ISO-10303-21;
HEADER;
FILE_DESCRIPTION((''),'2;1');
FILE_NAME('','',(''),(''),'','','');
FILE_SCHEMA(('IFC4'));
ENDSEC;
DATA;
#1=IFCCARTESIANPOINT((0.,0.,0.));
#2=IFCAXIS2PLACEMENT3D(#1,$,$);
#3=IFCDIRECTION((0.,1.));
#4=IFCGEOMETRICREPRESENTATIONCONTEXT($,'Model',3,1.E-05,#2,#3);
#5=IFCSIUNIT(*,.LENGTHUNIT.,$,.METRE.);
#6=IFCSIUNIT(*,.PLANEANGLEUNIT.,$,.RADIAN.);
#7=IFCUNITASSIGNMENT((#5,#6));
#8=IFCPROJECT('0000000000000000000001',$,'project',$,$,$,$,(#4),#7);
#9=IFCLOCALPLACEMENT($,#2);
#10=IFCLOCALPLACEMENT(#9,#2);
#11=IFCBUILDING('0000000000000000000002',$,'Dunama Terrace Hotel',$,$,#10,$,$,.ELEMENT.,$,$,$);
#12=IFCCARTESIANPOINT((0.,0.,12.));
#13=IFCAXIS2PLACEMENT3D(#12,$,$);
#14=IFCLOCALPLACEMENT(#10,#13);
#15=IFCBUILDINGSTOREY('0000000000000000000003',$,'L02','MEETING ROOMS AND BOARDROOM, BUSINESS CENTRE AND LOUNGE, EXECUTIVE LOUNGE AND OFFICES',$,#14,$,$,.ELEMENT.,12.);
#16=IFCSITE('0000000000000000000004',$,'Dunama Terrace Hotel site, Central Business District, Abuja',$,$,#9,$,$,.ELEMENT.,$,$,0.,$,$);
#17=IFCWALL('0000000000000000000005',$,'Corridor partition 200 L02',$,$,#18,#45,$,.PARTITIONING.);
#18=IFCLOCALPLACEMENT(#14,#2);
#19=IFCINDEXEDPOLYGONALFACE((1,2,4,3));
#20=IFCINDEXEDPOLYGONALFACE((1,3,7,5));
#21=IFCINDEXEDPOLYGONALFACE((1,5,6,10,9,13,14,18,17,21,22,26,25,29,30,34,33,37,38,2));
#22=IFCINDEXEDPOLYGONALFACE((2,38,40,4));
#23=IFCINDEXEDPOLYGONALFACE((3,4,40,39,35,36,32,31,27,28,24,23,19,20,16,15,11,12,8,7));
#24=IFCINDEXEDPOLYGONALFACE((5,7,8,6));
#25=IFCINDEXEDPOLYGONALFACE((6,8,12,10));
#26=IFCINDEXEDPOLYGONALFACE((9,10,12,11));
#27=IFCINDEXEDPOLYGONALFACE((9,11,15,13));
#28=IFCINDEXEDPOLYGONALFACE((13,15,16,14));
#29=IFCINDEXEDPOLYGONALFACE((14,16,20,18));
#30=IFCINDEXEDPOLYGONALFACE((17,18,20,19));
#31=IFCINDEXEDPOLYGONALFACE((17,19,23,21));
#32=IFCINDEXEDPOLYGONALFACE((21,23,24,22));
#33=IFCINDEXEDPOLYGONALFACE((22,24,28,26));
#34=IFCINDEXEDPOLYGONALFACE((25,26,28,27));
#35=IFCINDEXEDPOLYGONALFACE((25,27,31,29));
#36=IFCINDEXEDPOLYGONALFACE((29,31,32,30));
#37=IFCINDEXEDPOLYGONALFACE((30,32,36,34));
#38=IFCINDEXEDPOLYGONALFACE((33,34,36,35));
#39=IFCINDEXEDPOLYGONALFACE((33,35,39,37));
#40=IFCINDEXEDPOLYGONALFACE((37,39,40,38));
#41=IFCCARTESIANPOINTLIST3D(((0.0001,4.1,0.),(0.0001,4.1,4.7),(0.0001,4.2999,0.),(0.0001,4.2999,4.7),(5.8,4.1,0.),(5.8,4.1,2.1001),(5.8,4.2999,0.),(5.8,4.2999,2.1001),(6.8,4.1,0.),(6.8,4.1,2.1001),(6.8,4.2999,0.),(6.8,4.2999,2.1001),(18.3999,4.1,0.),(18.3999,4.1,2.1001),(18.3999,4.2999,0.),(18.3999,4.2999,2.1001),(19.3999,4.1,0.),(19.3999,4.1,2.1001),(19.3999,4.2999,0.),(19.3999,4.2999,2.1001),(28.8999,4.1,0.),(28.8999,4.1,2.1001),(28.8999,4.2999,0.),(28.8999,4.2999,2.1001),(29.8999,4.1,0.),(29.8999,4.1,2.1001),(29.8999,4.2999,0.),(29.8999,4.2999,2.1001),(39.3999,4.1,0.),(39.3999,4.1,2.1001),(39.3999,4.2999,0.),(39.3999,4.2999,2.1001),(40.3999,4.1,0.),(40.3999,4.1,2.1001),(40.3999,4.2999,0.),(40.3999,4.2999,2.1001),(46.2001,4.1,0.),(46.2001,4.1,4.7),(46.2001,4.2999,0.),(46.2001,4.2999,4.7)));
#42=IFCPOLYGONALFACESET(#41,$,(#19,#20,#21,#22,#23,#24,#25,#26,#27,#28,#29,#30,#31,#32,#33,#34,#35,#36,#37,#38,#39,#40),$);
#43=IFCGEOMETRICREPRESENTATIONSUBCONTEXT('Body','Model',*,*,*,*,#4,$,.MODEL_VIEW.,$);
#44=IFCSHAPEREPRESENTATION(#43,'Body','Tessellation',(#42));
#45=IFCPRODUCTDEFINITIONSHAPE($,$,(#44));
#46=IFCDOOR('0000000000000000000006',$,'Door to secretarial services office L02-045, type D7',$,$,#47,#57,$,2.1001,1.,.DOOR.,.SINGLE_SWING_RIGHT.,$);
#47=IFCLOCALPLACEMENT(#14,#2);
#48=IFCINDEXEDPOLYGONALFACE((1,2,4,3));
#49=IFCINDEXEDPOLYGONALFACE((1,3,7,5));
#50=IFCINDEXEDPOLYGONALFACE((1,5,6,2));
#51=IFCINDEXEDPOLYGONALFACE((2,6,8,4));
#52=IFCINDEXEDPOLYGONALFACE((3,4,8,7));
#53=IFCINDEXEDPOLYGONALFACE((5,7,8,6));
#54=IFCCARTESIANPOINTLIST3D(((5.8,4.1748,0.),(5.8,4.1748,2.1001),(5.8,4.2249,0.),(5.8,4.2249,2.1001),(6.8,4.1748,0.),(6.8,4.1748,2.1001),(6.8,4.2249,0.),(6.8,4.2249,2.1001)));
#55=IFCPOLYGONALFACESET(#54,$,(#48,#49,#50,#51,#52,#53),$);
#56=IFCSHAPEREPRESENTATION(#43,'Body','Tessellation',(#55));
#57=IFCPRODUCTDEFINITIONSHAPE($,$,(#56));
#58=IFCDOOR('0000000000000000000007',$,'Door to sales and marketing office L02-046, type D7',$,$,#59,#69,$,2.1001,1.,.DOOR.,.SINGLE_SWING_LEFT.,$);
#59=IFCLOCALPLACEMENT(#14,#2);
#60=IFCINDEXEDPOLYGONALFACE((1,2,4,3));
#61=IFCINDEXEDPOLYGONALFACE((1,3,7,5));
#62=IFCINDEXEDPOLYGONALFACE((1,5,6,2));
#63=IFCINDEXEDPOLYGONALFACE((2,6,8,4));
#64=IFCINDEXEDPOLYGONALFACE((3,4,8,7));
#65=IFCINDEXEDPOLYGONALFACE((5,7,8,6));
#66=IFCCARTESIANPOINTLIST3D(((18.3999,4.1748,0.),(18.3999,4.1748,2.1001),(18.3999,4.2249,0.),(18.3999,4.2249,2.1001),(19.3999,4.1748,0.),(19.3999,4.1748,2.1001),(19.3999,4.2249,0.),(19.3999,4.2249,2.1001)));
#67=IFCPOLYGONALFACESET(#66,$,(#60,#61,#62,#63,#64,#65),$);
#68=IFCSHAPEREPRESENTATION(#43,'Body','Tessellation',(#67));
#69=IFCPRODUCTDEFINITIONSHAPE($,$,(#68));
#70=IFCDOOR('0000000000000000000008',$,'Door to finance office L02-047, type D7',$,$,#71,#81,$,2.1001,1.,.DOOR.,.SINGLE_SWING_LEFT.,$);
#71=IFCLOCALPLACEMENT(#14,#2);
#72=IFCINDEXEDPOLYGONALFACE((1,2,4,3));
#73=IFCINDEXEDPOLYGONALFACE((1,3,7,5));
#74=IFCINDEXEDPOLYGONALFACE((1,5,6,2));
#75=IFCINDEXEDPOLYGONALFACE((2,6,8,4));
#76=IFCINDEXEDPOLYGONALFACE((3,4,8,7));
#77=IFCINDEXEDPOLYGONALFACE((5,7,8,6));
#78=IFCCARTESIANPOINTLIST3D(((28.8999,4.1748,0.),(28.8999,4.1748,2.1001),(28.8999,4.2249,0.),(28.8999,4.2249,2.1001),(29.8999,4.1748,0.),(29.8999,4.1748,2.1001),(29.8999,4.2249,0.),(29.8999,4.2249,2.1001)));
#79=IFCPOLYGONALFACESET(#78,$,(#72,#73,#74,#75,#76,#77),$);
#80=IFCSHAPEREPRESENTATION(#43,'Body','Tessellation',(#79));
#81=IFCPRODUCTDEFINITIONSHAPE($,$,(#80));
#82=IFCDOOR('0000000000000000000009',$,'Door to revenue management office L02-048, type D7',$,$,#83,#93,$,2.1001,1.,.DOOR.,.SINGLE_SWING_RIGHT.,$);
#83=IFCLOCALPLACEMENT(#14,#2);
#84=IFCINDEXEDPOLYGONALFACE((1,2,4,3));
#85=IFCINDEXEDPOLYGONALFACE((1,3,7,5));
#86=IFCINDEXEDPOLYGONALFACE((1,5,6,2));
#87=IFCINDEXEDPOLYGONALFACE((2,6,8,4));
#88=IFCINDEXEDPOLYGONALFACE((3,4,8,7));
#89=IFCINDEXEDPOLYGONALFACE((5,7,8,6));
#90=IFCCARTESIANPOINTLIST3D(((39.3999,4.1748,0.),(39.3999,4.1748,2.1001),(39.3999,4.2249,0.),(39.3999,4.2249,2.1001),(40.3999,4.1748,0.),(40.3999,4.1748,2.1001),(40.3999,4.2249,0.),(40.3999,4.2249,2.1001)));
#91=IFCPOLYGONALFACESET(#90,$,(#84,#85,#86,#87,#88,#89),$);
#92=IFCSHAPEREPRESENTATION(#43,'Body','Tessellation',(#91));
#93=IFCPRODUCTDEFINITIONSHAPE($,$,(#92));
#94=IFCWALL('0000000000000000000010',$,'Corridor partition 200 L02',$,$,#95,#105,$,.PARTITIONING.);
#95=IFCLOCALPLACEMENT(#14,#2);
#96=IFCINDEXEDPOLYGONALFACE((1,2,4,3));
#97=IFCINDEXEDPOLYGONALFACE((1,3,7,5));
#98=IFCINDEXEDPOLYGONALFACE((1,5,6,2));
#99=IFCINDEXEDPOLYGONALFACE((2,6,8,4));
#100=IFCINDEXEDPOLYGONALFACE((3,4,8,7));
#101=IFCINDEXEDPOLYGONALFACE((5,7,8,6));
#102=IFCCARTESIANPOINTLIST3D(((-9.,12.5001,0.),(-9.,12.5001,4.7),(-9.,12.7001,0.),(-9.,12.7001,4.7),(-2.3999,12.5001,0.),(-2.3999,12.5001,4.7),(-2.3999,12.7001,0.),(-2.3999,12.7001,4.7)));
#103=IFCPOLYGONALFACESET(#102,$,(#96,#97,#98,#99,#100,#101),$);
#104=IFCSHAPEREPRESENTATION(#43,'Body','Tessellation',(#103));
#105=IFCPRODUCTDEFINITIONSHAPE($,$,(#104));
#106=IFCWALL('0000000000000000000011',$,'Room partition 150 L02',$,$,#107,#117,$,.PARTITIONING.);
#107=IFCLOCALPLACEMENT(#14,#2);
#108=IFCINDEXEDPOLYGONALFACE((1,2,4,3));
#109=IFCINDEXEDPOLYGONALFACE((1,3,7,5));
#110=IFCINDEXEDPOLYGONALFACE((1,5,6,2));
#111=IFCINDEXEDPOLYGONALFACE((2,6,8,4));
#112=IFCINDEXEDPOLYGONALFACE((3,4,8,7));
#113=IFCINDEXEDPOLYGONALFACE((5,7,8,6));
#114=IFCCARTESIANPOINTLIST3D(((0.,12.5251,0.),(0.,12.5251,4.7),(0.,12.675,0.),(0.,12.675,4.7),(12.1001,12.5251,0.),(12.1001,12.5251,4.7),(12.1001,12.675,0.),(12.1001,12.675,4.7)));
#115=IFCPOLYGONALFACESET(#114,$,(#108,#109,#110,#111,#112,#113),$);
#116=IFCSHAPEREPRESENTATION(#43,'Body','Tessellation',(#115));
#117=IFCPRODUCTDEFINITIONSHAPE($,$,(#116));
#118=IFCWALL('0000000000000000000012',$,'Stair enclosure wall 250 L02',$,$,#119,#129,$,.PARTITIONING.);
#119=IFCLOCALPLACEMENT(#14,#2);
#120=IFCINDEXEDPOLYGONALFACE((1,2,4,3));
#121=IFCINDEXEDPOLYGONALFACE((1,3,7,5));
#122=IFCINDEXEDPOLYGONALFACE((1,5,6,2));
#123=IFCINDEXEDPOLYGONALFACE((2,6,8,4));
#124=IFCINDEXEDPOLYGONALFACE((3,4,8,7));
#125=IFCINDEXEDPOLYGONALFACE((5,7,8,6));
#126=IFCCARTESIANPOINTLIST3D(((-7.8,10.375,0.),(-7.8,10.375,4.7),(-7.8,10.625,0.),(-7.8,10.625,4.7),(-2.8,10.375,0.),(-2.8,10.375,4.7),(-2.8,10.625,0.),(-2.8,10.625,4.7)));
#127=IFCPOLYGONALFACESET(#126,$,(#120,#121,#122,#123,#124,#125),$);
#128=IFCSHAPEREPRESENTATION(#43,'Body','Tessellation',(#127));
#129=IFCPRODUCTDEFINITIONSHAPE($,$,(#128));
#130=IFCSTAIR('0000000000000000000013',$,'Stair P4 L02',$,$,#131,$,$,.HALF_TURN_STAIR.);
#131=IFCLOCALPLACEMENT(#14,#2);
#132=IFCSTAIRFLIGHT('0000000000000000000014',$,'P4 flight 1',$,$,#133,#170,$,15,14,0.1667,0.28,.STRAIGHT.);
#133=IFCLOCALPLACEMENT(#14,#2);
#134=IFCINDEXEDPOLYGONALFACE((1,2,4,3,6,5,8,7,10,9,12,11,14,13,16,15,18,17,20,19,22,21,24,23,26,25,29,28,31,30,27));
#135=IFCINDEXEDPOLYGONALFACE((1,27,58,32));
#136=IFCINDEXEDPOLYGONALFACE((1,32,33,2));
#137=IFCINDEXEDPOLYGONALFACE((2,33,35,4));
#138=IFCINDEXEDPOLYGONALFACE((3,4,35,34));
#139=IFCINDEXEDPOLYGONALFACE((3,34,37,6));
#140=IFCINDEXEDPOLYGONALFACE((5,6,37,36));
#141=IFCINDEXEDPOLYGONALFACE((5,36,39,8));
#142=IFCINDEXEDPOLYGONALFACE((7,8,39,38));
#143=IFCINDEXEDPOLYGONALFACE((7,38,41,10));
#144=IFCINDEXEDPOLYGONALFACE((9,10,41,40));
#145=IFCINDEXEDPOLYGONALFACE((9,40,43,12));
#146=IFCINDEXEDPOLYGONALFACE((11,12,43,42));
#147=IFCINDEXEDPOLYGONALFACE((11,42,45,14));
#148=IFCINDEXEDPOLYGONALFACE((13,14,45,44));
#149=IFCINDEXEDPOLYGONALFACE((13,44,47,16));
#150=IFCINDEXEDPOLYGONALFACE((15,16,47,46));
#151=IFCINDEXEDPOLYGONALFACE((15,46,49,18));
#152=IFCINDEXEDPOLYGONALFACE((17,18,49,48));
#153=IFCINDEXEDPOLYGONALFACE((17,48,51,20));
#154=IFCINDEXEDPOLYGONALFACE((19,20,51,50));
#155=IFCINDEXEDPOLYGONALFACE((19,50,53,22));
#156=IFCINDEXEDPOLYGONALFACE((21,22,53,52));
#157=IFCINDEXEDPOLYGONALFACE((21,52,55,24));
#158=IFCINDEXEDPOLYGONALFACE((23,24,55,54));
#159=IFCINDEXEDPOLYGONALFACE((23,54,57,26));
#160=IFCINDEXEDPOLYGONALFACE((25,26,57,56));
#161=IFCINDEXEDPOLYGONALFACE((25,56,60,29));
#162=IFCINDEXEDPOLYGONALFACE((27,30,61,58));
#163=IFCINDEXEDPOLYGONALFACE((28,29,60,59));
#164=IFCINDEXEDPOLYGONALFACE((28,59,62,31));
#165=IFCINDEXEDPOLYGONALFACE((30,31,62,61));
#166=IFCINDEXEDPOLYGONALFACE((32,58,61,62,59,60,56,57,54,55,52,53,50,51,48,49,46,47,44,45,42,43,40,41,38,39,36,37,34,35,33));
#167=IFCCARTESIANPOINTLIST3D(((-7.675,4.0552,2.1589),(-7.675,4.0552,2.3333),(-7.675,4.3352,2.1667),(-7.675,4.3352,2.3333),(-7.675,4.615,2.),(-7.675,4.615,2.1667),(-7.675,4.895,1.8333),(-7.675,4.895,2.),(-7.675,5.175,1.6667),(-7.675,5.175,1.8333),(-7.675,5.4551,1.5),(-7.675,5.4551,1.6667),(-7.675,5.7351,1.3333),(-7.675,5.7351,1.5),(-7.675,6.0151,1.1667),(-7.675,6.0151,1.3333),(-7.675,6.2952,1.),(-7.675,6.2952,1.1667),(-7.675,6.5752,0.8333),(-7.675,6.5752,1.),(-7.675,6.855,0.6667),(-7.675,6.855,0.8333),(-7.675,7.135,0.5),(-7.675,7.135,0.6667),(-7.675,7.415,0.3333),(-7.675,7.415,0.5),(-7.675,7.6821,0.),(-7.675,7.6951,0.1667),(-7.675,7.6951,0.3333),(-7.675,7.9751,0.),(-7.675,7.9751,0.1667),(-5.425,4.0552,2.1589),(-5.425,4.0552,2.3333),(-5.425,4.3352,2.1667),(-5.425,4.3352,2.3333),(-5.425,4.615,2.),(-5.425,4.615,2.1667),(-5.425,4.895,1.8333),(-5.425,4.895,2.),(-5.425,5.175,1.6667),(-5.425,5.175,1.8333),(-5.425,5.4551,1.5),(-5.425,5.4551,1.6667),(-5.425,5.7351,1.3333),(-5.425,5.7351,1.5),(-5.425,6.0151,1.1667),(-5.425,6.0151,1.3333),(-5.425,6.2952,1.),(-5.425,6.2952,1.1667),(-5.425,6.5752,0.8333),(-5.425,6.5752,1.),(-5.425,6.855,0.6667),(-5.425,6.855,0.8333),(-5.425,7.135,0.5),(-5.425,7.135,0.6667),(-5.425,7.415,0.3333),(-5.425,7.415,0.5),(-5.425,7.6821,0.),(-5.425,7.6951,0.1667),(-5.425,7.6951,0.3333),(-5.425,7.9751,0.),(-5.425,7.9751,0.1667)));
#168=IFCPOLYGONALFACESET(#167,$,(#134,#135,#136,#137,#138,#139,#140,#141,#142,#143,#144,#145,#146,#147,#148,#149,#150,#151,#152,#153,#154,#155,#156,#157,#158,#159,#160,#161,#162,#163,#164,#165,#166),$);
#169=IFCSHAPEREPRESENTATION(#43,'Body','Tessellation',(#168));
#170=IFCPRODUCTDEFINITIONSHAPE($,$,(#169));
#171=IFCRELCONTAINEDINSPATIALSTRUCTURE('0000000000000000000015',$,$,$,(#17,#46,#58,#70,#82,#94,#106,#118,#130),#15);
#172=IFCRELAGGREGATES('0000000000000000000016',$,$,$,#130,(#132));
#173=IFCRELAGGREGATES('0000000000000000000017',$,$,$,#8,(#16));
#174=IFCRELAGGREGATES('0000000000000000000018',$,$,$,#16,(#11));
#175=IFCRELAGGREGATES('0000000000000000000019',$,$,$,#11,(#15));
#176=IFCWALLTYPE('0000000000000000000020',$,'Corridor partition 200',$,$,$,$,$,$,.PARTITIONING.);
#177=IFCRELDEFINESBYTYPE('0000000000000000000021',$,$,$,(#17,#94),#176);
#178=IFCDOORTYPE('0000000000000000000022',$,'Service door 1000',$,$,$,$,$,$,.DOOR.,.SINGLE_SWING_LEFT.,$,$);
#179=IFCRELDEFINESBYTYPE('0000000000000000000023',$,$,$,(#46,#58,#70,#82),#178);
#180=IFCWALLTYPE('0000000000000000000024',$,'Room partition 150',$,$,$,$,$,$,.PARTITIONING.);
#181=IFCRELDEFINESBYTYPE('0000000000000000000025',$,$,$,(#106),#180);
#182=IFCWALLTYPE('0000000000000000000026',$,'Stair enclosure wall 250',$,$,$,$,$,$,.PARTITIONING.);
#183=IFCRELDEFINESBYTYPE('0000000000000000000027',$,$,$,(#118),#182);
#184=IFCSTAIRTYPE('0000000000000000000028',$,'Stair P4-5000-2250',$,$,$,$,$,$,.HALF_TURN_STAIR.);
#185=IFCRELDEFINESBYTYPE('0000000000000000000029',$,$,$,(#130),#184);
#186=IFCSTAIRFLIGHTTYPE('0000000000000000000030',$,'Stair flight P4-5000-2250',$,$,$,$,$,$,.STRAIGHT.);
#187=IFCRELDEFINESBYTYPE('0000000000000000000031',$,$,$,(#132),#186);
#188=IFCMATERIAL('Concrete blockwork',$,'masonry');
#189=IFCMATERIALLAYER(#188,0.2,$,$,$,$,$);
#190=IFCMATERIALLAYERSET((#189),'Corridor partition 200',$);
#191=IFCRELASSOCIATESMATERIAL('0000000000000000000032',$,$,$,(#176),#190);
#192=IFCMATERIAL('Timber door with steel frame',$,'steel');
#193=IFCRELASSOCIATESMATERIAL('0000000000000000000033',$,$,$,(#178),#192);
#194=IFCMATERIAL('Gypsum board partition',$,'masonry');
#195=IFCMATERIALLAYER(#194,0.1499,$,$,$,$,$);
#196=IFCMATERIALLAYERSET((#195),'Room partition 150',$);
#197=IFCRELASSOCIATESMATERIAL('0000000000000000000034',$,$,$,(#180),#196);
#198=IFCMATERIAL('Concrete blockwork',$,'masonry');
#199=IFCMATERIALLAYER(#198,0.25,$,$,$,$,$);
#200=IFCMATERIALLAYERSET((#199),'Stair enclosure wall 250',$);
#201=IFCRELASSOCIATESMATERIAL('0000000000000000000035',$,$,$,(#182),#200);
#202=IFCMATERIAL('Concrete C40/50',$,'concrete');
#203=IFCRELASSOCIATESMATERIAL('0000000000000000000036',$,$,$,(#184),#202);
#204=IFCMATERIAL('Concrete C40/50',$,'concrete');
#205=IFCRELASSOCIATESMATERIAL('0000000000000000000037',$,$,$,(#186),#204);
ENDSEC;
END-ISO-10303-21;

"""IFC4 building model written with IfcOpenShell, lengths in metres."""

from ifc_helpers import new_model, si_unit, direction, frame, frame_2d, origin, place, context, subcontext, project, spatial, polyline, rectangle, outline, extrude, material, layer, layer_set, type_object, element, fill, aggregate, save


model = new_model("IFC4")

# Units and contexts
model_context = context("Model", 3, precision=1e-05, world=origin(), true_north=direction((0.0, 1.0)))
body_context = subcontext(model_context, "Body", "Model", "MODEL_VIEW")
ifc_project = project(units=[si_unit("LENGTHUNIT", "METRE"), si_unit("PLANEANGLEUNIT", "RADIAN")], contexts=[model_context])

# Site, building, storey
site_placement = place(None, origin())
site = spatial("IfcSite", under=ifc_project, at=site_placement, Name="Dunama Terrace Hotel site, Central Business District, Abuja", CompositionType="ELEMENT", RefElevation=0.0)
building_placement = place(site_placement, origin())
building = spatial("IfcBuilding", under=site, at=building_placement, Name="Dunama Terrace Hotel", CompositionType="ELEMENT")
storey_placement = place(building_placement, frame((0.0, 0.0, 12.0)))
storey = spatial("IfcBuildingStorey", under=building, at=storey_placement, Name="L02", Description="MEETING ROOMS AND BOARDROOM, BUSINESS CENTRE AND LOUNGE, EXECUTIVE LOUNGE AND OFFICES", CompositionType="ELEMENT", Elevation=12.0)

# Shared definitions
ifc_material_1 = material(Name="Concrete blockwork", Category="masonry")
ifc_layer_1 = layer(ifc_material_1, 0.2)
ifc_layer_set_1 = layer_set([ifc_layer_1], Name="Corridor partition 200")
wall_type_1 = type_object("IfcWallType", Name="Corridor partition 200", PredefinedType="PARTITIONING", material=ifc_layer_set_1)

# Wall, openings, doors
wall_1_placement = place(storey_placement, frame((0.0, 4.2, 0.0), z_axis=(0.0, 0.0, 1.0), x_axis=(1.0, 0.0, 0.0)))
wall_1 = element("IfcWall", 1, at=wall_1_placement, inside=storey, type_object=wall_type_1, Name="Corridor partition 200 L02", PredefinedType="PARTITIONING", context=body_context, shape_type="SweptSolid", body=[
    extrude(rectangle(XDim=46.2, YDim=0.2, at=frame_2d((23.1001, 0.0))), origin(), (0.0, 0.0, 1.0), 4.7),
])
opening_1_placement = place(wall_1_placement, frame((5.8, 0.0, 0.0)))
opening_1 = element("IfcOpeningElement", 2, at=opening_1_placement, cuts=wall_1, PredefinedType="OPENING", context=body_context, shape_type="SweptSolid", body=[
    extrude(rectangle(XDim=1.0, YDim=2.1001, at=frame_2d((0.5, 1.05))), frame((0.0, 0.1099, 0.0), z_axis=(0.0, -1.0, 0.0), x_axis=(1.0, 0.0, 0.0)), (0.0, 0.0, 1.0), 0.22),
])
opening_2_placement = place(wall_1_placement, frame((18.3999, 0.0, 0.0)))
opening_2 = element("IfcOpeningElement", 3, at=opening_2_placement, cuts=wall_1, PredefinedType="OPENING", context=body_context, shape_type="SweptSolid", body=[
    extrude(rectangle(XDim=1.0, YDim=2.1001, at=frame_2d((0.5, 1.05))), frame((0.0, 0.1099, 0.0), z_axis=(0.0, -1.0, 0.0), x_axis=(1.0, 0.0, 0.0)), (0.0, 0.0, 1.0), 0.22),
])
opening_3_placement = place(wall_1_placement, frame((28.8999, 0.0, 0.0)))
opening_3 = element("IfcOpeningElement", 4, at=opening_3_placement, cuts=wall_1, PredefinedType="OPENING", context=body_context, shape_type="SweptSolid", body=[
    extrude(rectangle(XDim=1.0, YDim=2.1001, at=frame_2d((0.5, 1.05))), frame((0.0, 0.1099, 0.0), z_axis=(0.0, -1.0, 0.0), x_axis=(1.0, 0.0, 0.0)), (0.0, 0.0, 1.0), 0.22),
])
opening_4_placement = place(wall_1_placement, frame((39.3999, 0.0, 0.0)))
opening_4 = element("IfcOpeningElement", 5, at=opening_4_placement, cuts=wall_1, PredefinedType="OPENING", context=body_context, shape_type="SweptSolid", body=[
    extrude(rectangle(XDim=1.0, YDim=2.1001, at=frame_2d((0.5, 1.05))), frame((0.0, 0.1099, 0.0), z_axis=(0.0, -1.0, 0.0), x_axis=(1.0, 0.0, 0.0)), (0.0, 0.0, 1.0), 0.22),
])
ifc_material_2 = material(Name="Timber door with steel frame", Category="steel")
door_type_1 = type_object("IfcDoorType", Name="Service door 1000", OperationType="SINGLE_SWING_LEFT", PredefinedType="DOOR", material=ifc_material_2)
door_1_placement = place(opening_1_placement, origin())
door_1 = element("IfcDoor", 6, at=door_1_placement, inside=storey, type_object=door_type_1, Name="Door to secretarial services office L02-045, type D7", OperationType="SINGLE_SWING_RIGHT", OverallHeight=2.1001, OverallWidth=1.0, PredefinedType="DOOR", context=body_context, shape_type="SweptSolid", body=[
    extrude(rectangle(XDim=1.0, YDim=2.1001, at=frame_2d((0.5, 1.05))), frame((0.0, 0.0249, 0.0), z_axis=(0.0, -1.0, 0.0), x_axis=(1.0, 0.0, 0.0)), (0.0, 0.0, 1.0), 0.05),
])
fill(opening_1, door_1)
door_2_placement = place(opening_2_placement, origin())
door_2 = element("IfcDoor", 7, at=door_2_placement, inside=storey, type_object=door_type_1, Name="Door to sales and marketing office L02-046, type D7", OperationType="SINGLE_SWING_LEFT", OverallHeight=2.1001, OverallWidth=1.0, PredefinedType="DOOR", context=body_context, shape_type="SweptSolid", body=[
    extrude(rectangle(XDim=1.0, YDim=2.1001, at=frame_2d((0.5, 1.05))), frame((0.0, 0.0249, 0.0), z_axis=(0.0, -1.0, 0.0), x_axis=(1.0, 0.0, 0.0)), (0.0, 0.0, 1.0), 0.05),
])
fill(opening_2, door_2)
door_3_placement = place(opening_3_placement, origin())
door_3 = element("IfcDoor", 8, at=door_3_placement, inside=storey, type_object=door_type_1, Name="Door to finance office L02-047, type D7", OperationType="SINGLE_SWING_LEFT", OverallHeight=2.1001, OverallWidth=1.0, PredefinedType="DOOR", context=body_context, shape_type="SweptSolid", body=[
    extrude(rectangle(XDim=1.0, YDim=2.1001, at=frame_2d((0.5, 1.05))), frame((0.0, 0.0249, 0.0), z_axis=(0.0, -1.0, 0.0), x_axis=(1.0, 0.0, 0.0)), (0.0, 0.0, 1.0), 0.05),
])
fill(opening_3, door_3)
door_4_placement = place(opening_4_placement, origin())
door_4 = element("IfcDoor", 9, at=door_4_placement, inside=storey, type_object=door_type_1, Name="Door to revenue management office L02-048, type D7", OperationType="SINGLE_SWING_RIGHT", OverallHeight=2.1001, OverallWidth=1.0, PredefinedType="DOOR", context=body_context, shape_type="SweptSolid", body=[
    extrude(rectangle(XDim=1.0, YDim=2.1001, at=frame_2d((0.5, 1.05))), frame((0.0, 0.0249, 0.0), z_axis=(0.0, -1.0, 0.0), x_axis=(1.0, 0.0, 0.0)), (0.0, 0.0, 1.0), 0.05),
])
fill(opening_4, door_4)

# Walls
wall_2_placement = place(storey_placement, frame((-2.3999, 12.6001, 0.0), z_axis=(0.0, 0.0, 1.0), x_axis=(-1.0, 0.0, 0.0)))
element("IfcWall", 10, at=wall_2_placement, inside=storey, type_object=wall_type_1, Name="Corridor partition 200 L02", PredefinedType="PARTITIONING", context=body_context, shape_type="SweptSolid", body=[
    extrude(rectangle(XDim=6.6001, YDim=0.2, at=frame_2d((3.3, 0.0))), origin(), (0.0, 0.0, 1.0), 4.7),
])
ifc_material_3 = material(Name="Gypsum board partition", Category="masonry")
ifc_layer_2 = layer(ifc_material_3, 0.1499)
ifc_layer_set_2 = layer_set([ifc_layer_2], Name="Room partition 150")
wall_type_2 = type_object("IfcWallType", Name="Room partition 150", PredefinedType="PARTITIONING", material=ifc_layer_set_2)
wall_3_placement = place(storey_placement, frame((0.0, 12.6001, 0.0), z_axis=(0.0, 0.0, 1.0), x_axis=(1.0, 0.0, 0.0)))
element("IfcWall", 11, at=wall_3_placement, inside=storey, type_object=wall_type_2, Name="Room partition 150 L02", PredefinedType="PARTITIONING", context=body_context, shape_type="SweptSolid", body=[
    extrude(rectangle(XDim=12.1001, YDim=0.1499, at=frame_2d((6.05, 0.0))), origin(), (0.0, 0.0, 1.0), 4.7),
])
ifc_material_4 = material(Name="Concrete blockwork", Category="masonry")
ifc_layer_3 = layer(ifc_material_4, 0.25)
ifc_layer_set_3 = layer_set([ifc_layer_3], Name="Stair enclosure wall 250")
wall_type_3 = type_object("IfcWallType", Name="Stair enclosure wall 250", PredefinedType="PARTITIONING", material=ifc_layer_set_3)
wall_4_placement = place(storey_placement, frame((-7.8, 10.5, 0.0), z_axis=(0.0, 0.0, 1.0), x_axis=(1.0, 0.0, 0.0)))
element("IfcWall", 12, at=wall_4_placement, inside=storey, type_object=wall_type_3, Name="Stair enclosure wall 250 L02", PredefinedType="PARTITIONING", context=body_context, shape_type="SweptSolid", body=[
    extrude(rectangle(XDim=5.0, YDim=0.25, at=frame_2d((2.5, 0.0))), origin(), (0.0, 0.0, 1.0), 4.7),
])

# Stair, stair flight
ifc_material_5 = material(Name="Concrete C40/50", Category="concrete")
stair_type = type_object("IfcStairType", Name="Stair P4-5000-2250", PredefinedType="HALF_TURN_STAIR", material=ifc_material_5)
stair_placement = place(storey_placement, origin())
stair = element("IfcStair", 13, at=stair_placement, inside=storey, type_object=stair_type, Name="Stair P4 L02", PredefinedType="HALF_TURN_STAIR")
ifc_material_6 = material(Name="Concrete C40/50", Category="concrete")
stair_flight_type = type_object("IfcStairFlightType", Name="Stair flight P4-5000-2250", PredefinedType="STRAIGHT", material=ifc_material_6)
stair_flight_1_placement = place(storey_placement, frame((-6.55, 7.9751, 0.0), z_axis=(0.0, 0.0, 1.0), x_axis=(0.0, -1.0, 0.0)))
stair_flight_1 = element("IfcStairFlight", 14, at=stair_flight_1_placement, type_object=stair_flight_type, Name="P4 flight 1", NumberOfRisers=15, NumberOfTreads=14, PredefinedType="STRAIGHT", RiserHeight=0.1667, TreadLength=0.28, context=body_context, shape_type="SweptSolid", body=[
    extrude(outline(polyline([(0.0, 0.0), (0.0, 0.1667), (0.28, 0.1667), (0.28, 0.3333), (0.5601, 0.3333), (0.5601, 0.5), (0.8401, 0.5), (0.8401, 0.6667), (1.1201, 0.6667), (1.1201, 0.8333), (1.3999, 0.8333), (1.3999, 1.0), (1.6799, 1.0), (1.6799, 1.1667), (1.96, 1.1667), (1.96, 1.3333), (2.24, 1.3333), (2.24, 1.5), (2.52, 1.5), (2.52, 1.6667), (2.8, 1.6667), (2.8, 1.8333), (3.0801, 1.8333), (3.0801, 2.0), (3.3601, 2.0), (3.3601, 2.1667), (3.6399, 2.1667), (3.6399, 2.3333), (3.9199, 2.3333), (3.9199, 2.5), (3.9199, 2.1589), (0.293, 0.0), (0.0, 0.0)])), frame((0.0, 1.125, 0.0), z_axis=(0.0, -1.0, 0.0), x_axis=(1.0, 0.0, 0.0)), (0.0, 0.0, 1.0), 2.25),
])
aggregate(stair, [stair_flight_1])

save(model, "model.ifc")
